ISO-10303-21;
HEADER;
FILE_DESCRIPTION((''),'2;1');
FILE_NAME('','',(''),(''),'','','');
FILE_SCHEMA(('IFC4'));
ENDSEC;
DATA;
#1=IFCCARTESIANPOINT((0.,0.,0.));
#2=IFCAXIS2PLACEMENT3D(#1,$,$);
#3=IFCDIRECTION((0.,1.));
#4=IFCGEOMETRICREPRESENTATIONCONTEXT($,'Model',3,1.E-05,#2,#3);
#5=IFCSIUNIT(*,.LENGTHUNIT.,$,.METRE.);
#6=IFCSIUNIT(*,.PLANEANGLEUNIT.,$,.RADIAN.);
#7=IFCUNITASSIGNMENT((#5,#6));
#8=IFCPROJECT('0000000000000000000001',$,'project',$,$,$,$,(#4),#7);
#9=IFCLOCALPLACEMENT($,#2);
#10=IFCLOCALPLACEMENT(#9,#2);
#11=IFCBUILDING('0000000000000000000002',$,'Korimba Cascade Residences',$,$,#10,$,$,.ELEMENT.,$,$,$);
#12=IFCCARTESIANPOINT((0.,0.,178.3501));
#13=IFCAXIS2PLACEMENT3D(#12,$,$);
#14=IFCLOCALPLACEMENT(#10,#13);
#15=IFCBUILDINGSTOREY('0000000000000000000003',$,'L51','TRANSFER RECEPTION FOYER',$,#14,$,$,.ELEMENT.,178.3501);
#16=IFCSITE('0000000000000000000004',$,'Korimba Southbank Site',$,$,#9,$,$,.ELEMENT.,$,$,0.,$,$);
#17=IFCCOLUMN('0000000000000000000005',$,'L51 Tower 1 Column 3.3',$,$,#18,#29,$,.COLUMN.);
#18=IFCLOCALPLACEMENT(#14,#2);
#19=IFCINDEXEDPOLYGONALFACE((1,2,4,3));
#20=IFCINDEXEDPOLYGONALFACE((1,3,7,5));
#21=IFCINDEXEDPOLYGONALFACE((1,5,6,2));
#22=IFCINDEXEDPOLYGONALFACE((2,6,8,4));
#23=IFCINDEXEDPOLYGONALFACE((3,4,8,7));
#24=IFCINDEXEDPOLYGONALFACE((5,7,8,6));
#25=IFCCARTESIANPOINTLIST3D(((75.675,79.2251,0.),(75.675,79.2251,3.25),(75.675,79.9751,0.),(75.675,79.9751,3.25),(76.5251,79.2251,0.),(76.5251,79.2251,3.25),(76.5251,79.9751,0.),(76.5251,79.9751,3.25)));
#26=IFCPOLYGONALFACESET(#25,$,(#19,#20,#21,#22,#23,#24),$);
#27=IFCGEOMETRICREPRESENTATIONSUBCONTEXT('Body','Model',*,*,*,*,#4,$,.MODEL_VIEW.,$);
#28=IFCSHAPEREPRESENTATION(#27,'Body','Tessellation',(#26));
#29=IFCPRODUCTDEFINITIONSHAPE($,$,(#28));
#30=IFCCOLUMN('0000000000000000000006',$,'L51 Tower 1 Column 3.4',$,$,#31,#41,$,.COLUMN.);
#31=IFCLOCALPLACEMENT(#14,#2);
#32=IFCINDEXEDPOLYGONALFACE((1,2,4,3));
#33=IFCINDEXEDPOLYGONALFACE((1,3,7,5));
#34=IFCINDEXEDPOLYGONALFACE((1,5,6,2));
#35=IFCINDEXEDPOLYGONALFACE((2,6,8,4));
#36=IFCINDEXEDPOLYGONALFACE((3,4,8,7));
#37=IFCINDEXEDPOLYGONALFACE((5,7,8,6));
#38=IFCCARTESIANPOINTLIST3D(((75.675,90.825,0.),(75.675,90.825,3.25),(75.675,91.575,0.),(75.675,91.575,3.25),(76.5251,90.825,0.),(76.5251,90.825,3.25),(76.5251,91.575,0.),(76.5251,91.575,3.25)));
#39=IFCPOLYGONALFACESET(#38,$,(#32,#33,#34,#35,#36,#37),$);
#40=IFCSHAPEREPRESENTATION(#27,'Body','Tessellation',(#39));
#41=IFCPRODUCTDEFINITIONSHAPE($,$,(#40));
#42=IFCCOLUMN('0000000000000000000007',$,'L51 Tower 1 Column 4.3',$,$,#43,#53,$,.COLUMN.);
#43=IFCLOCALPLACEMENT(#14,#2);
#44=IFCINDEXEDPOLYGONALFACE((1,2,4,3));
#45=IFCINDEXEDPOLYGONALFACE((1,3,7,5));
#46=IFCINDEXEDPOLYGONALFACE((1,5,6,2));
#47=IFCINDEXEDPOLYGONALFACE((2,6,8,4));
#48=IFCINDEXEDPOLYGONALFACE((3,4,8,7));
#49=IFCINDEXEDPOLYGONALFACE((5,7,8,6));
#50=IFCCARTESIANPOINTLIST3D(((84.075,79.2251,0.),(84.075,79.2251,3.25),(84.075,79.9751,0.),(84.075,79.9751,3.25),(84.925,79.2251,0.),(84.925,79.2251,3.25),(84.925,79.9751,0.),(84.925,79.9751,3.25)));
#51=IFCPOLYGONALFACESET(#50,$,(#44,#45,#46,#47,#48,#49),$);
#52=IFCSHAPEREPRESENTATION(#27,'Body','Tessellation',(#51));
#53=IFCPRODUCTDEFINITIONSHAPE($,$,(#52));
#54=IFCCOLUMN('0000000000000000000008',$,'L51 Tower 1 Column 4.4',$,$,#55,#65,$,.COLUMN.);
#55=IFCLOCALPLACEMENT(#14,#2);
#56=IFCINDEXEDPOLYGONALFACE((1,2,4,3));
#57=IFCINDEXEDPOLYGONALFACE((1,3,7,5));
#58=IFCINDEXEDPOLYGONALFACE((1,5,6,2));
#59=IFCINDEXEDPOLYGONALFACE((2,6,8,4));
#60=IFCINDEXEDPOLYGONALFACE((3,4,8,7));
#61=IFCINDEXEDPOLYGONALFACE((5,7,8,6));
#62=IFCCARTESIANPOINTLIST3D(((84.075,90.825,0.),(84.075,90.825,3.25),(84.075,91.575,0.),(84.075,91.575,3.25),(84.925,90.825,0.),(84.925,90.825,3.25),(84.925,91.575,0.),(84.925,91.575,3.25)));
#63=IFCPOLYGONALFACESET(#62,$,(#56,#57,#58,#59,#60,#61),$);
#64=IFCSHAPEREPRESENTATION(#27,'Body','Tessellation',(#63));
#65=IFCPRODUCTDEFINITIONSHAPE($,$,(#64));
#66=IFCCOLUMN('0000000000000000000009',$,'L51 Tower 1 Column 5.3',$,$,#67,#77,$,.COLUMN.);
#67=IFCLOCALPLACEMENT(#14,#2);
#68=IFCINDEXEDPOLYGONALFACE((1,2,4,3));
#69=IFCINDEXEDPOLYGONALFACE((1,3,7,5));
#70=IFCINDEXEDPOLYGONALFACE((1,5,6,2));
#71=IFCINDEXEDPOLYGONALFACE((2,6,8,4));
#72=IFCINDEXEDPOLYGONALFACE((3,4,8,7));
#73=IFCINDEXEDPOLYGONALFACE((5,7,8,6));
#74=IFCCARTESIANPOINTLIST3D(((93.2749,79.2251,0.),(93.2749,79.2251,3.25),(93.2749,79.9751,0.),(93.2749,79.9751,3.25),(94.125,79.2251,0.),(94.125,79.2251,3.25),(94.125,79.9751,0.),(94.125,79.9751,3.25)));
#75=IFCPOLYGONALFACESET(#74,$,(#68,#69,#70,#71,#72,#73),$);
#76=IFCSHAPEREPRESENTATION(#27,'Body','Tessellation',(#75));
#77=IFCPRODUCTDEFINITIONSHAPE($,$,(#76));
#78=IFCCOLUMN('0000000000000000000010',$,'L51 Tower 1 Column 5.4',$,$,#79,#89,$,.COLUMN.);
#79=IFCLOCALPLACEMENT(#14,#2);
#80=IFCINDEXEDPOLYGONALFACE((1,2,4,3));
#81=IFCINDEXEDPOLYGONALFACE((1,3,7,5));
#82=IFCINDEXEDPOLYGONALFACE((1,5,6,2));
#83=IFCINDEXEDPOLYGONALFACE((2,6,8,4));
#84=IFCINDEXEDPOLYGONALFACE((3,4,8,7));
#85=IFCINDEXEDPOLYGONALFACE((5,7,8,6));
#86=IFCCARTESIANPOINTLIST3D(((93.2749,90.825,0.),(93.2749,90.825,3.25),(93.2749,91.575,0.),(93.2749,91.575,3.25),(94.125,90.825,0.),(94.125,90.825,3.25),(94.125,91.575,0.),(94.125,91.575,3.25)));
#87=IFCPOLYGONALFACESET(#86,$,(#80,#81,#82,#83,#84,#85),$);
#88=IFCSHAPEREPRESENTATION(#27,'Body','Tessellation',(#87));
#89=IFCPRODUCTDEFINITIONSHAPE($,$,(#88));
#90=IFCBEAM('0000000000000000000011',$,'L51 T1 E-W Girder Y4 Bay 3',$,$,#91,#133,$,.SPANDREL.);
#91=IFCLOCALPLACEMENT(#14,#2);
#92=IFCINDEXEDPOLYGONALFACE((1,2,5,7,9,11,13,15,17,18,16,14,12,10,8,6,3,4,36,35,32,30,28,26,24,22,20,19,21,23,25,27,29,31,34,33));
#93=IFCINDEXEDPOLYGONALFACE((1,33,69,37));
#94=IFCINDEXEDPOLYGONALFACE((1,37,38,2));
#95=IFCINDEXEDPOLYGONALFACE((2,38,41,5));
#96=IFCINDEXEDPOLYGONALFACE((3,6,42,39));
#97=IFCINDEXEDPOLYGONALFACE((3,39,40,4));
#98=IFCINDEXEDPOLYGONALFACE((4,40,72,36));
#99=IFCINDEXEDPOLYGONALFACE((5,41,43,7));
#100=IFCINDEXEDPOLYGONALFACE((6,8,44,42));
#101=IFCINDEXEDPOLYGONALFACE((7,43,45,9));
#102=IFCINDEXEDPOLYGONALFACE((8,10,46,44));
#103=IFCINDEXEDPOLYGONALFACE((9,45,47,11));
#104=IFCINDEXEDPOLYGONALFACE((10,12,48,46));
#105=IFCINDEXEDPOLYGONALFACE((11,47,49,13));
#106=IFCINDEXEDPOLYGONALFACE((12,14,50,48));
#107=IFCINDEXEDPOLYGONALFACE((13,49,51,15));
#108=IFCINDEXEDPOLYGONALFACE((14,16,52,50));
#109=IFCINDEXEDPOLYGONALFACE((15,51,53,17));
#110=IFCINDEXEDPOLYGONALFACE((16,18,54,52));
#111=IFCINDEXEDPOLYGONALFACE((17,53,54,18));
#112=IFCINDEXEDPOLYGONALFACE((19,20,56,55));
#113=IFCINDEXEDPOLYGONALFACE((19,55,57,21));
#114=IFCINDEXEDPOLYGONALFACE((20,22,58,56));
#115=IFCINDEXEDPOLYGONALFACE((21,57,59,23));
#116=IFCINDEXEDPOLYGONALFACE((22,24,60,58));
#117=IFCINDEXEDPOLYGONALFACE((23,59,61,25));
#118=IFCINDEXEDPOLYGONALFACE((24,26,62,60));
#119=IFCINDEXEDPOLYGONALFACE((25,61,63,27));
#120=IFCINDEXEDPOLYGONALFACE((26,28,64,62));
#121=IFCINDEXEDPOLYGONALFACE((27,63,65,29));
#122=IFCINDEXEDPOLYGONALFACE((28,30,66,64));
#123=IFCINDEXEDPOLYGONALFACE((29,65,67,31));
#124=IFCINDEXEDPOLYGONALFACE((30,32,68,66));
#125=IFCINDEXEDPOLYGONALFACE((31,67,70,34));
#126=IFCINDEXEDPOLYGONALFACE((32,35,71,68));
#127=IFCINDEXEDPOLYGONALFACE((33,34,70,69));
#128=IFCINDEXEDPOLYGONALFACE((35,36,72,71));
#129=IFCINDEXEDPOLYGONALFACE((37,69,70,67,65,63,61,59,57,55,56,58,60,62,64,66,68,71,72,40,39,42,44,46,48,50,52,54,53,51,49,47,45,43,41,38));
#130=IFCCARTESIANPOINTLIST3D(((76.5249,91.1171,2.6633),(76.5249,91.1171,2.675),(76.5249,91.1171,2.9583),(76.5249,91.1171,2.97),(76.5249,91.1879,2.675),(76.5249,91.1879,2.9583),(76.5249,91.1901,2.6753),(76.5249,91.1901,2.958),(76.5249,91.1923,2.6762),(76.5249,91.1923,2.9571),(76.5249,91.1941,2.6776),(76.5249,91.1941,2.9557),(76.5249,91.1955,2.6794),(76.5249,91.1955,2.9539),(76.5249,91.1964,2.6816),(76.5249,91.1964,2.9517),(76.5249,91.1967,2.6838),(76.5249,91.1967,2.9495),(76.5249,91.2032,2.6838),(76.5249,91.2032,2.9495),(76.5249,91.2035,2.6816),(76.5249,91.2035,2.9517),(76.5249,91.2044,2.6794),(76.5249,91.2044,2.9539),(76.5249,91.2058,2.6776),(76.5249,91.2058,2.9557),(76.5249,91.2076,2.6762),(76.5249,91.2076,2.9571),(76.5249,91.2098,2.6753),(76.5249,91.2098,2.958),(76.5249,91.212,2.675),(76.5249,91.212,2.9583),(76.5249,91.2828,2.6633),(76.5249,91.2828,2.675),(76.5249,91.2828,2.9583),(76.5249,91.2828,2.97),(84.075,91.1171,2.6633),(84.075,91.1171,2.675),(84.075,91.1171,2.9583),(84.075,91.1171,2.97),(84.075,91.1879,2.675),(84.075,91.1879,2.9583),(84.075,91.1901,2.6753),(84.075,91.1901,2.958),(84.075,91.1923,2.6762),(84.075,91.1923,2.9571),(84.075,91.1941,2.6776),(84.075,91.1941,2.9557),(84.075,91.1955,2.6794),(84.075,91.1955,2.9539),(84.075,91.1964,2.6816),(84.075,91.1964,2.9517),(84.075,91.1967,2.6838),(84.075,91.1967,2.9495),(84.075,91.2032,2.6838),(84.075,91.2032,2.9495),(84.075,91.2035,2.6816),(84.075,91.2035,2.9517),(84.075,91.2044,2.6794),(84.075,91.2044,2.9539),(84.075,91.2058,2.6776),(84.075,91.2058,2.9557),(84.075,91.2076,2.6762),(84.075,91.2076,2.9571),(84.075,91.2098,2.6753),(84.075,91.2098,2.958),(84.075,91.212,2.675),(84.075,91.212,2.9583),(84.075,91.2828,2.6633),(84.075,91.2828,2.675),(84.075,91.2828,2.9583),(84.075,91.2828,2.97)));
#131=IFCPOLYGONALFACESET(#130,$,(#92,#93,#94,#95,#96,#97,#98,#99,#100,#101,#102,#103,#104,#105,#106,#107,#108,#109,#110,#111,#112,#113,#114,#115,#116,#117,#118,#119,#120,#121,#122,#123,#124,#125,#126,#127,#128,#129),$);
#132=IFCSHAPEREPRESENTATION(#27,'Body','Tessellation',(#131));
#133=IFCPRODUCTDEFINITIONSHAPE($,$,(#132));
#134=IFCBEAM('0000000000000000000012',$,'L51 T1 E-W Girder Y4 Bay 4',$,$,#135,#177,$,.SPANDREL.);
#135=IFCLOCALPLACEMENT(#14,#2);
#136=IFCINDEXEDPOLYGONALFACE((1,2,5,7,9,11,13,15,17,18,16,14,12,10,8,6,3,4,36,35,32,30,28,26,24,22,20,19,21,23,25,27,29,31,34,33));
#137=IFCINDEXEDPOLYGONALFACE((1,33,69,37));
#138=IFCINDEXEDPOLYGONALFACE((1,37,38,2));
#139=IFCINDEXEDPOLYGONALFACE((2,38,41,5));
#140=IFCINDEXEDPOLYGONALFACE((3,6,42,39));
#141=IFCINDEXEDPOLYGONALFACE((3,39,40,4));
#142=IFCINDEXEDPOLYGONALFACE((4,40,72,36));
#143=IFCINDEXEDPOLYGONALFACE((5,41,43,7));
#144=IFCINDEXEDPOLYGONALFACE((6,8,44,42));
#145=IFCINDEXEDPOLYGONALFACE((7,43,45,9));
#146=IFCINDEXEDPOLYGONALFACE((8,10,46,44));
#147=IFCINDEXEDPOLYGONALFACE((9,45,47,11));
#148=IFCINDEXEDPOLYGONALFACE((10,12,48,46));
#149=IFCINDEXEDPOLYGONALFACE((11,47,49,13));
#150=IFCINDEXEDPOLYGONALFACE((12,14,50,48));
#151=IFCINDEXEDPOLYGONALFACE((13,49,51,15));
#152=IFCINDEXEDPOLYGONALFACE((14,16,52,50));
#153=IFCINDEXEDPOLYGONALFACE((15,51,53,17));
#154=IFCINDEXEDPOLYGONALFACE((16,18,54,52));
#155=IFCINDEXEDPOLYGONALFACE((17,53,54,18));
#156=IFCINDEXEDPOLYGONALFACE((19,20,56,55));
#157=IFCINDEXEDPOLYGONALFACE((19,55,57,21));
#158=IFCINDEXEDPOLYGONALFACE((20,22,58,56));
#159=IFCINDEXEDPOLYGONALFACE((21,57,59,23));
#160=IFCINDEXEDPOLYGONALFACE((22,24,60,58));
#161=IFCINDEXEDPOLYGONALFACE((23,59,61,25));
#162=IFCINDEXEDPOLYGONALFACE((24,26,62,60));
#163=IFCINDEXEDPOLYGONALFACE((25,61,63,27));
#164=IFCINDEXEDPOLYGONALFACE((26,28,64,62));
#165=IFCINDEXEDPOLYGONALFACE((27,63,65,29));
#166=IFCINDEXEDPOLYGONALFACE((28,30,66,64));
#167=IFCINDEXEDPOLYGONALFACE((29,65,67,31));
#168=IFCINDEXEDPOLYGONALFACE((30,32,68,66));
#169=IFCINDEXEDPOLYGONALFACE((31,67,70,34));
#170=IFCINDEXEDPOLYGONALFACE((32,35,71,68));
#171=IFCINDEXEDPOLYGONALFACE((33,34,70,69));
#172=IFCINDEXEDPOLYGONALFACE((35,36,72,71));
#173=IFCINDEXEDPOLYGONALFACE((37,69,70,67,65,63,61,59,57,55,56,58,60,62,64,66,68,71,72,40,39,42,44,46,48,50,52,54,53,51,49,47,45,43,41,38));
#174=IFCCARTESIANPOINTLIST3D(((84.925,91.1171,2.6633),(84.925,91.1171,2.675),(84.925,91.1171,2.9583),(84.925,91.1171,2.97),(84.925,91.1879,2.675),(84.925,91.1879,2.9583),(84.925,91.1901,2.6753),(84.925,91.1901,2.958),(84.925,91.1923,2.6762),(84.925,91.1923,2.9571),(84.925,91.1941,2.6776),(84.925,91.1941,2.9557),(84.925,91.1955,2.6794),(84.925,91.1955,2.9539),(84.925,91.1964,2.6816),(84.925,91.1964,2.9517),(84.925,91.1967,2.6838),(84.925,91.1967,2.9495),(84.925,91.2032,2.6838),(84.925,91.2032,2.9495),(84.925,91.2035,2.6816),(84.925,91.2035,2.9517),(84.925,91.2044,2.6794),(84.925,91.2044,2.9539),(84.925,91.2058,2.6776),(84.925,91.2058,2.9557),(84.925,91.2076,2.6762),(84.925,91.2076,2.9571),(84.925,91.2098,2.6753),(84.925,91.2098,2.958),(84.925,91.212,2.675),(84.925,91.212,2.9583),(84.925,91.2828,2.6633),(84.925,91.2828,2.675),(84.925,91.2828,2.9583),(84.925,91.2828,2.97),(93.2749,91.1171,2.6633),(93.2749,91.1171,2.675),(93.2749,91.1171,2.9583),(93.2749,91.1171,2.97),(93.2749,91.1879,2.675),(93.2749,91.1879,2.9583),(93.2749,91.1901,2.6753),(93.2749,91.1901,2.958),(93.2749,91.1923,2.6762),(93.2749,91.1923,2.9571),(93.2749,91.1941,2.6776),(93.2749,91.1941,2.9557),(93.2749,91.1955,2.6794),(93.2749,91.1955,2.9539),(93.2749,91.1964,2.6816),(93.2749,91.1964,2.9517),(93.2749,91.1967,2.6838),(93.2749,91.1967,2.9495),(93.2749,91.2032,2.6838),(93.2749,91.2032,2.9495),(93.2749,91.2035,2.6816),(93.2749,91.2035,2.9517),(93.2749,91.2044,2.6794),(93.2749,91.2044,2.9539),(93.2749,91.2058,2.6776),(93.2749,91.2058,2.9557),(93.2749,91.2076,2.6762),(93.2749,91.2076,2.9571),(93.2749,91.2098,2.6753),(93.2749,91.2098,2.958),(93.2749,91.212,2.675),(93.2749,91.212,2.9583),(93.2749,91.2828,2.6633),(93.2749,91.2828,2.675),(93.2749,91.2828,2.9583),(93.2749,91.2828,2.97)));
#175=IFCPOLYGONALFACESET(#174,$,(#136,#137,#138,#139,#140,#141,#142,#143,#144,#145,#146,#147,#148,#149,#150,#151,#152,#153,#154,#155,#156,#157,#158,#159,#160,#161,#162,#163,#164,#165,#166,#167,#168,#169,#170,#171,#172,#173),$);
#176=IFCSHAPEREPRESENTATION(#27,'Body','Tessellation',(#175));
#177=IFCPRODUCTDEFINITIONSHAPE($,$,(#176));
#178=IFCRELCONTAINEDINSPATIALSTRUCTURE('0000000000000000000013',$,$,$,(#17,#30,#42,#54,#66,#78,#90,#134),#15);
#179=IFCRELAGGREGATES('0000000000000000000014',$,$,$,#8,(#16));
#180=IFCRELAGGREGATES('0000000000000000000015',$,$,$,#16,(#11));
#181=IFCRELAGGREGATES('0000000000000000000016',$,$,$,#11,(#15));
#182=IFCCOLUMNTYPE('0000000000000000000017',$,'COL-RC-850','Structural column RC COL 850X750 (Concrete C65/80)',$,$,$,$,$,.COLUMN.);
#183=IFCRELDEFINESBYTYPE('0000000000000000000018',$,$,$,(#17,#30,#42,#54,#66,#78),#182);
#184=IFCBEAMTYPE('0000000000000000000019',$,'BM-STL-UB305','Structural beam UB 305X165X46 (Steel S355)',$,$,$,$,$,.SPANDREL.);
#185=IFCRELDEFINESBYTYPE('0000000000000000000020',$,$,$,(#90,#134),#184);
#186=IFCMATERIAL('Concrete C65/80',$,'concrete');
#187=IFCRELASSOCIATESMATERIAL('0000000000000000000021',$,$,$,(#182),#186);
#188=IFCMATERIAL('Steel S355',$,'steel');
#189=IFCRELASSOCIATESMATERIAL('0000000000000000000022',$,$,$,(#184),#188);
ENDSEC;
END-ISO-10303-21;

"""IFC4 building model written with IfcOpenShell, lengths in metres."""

from ifc_helpers import new_model, si_unit, direction, frame, origin, origin_2d, place, context, subcontext, project, spatial, rectangle, i_section, extrude, material, material_profile, profile_set, type_object, element, save


model = new_model("IFC4")

# Units and contexts
model_context = context("Model", 3, precision=1e-05, world=origin(), true_north=direction((0.0, 1.0)))
body_context = subcontext(model_context, "Body", "Model", "MODEL_VIEW")
ifc_project = project(units=[si_unit("LENGTHUNIT", "METRE"), si_unit("PLANEANGLEUNIT", "RADIAN")], contexts=[model_context])

# Site, building, storey
site_placement = place(None, origin())
site = spatial("IfcSite", under=ifc_project, at=site_placement, Name="Korimba Southbank Site", CompositionType="ELEMENT", RefElevation=0.0)
building_placement = place(site_placement, origin())
building = spatial("IfcBuilding", under=site, at=building_placement, Name="Korimba Cascade Residences", CompositionType="ELEMENT")
storey_placement = place(building_placement, frame((0.0, 0.0, 178.3501)))
storey = spatial("IfcBuildingStorey", under=building, at=storey_placement, Name="L51", Description="TRANSFER RECEPTION FOYER", CompositionType="ELEMENT", Elevation=178.3501)

# Columns
ifc_material_1 = material(Name="Concrete C65/80", Category="concrete")
ifc_material_profile_1 = material_profile(ifc_material_1, rectangle(XDim=0.8501, YDim=0.75, at=origin_2d()), Name="Concrete C65/80")
ifc_profile_set_1 = profile_set([ifc_material_profile_1], Name="Concrete C65/80")
column_type = type_object("IfcColumnType", Name="COL-RC-850", Description="Structural column RC COL 850X750 (Concrete C65/80)", PredefinedType="COLUMN", material=ifc_profile_set_1)
for number, where, z_axis, x_axis, name in (
    (1, (76.1001, 79.6001, 0.0), (0.0, 0.0, 1.0), (1.0, 0.0, 0.0), "L51 Tower 1 Column 3.3"),
    (2, (76.1001, 91.2, 0.0), (0.0, 0.0, 1.0), (1.0, 0.0, 0.0), "L51 Tower 1 Column 3.4"),
    (3, (84.5, 79.6001, 0.0), (0.0, 0.0, 1.0), (1.0, 0.0, 0.0), "L51 Tower 1 Column 4.3"),
    (4, (84.5, 91.2, 0.0), (0.0, 0.0, 1.0), (1.0, 0.0, 0.0), "L51 Tower 1 Column 4.4"),
    (5, (93.7, 79.6001, 0.0), (0.0, 0.0, 1.0), (1.0, 0.0, 0.0), "L51 Tower 1 Column 5.3"),
    (6, (93.7, 91.2, 0.0), (0.0, 0.0, 1.0), (1.0, 0.0, 0.0), "L51 Tower 1 Column 5.4"),
):
    element("IfcColumn", number, at=place(storey_placement, frame(where, z_axis=z_axis, x_axis=x_axis)), inside=storey, type_object=column_type, Name=name, PredefinedType="COLUMN", context=body_context, shape_type="SweptSolid", body=[
        extrude(rectangle(XDim=0.8501, YDim=0.75, at=origin_2d()), origin(), (0.0, 0.0, 1.0), 3.25),
    ])

# Beams
ifc_material_2 = material(Name="Steel S355", Category="steel")
ifc_material_profile_2 = material_profile(ifc_material_2, i_section(OverallWidth=0.1658, OverallDepth=0.3066, WebThickness=0.0066, FlangeThickness=0.0117, FilletRadius=0.0088, at=origin_2d()), Name="Steel S355")
ifc_profile_set_2 = profile_set([ifc_material_profile_2], Name="Steel S355")
beam_type_1 = type_object("IfcBeamType", Name="BM-STL-UB305", Description="Structural beam UB 305X165X46 (Steel S355)", PredefinedType="SPANDREL", material=ifc_profile_set_2)
beam_1_placement = place(storey_placement, frame((76.5249, 91.2, 2.8167), z_axis=(1.0, 0.0, 0.0), x_axis=(0.0, 1.0, 0.0)))
element("IfcBeam", 7, at=beam_1_placement, inside=storey, type_object=beam_type_1, Name="L51 T1 E-W Girder Y4 Bay 3", PredefinedType="SPANDREL", context=body_context, shape_type="SweptSolid", body=[
    extrude(i_section(OverallWidth=0.1658, OverallDepth=0.3066, WebThickness=0.0066, FlangeThickness=0.0117, FilletRadius=0.0088, at=origin_2d()), origin(), (0.0, 0.0, 1.0), 7.55),
])
beam_2_placement = place(storey_placement, frame((84.925, 91.2, 2.8167), z_axis=(1.0, 0.0, 0.0), x_axis=(0.0, 1.0, 0.0)))
element("IfcBeam", 8, at=beam_2_placement, inside=storey, type_object=beam_type_1, Name="L51 T1 E-W Girder Y4 Bay 4", PredefinedType="SPANDREL", context=body_context, shape_type="SweptSolid", body=[
    extrude(i_section(OverallWidth=0.1658, OverallDepth=0.3066, WebThickness=0.0066, FlangeThickness=0.0117, FilletRadius=0.0088, at=origin_2d()), origin(), (0.0, 0.0, 1.0), 8.3499),
])

save(model, "model.ifc")
